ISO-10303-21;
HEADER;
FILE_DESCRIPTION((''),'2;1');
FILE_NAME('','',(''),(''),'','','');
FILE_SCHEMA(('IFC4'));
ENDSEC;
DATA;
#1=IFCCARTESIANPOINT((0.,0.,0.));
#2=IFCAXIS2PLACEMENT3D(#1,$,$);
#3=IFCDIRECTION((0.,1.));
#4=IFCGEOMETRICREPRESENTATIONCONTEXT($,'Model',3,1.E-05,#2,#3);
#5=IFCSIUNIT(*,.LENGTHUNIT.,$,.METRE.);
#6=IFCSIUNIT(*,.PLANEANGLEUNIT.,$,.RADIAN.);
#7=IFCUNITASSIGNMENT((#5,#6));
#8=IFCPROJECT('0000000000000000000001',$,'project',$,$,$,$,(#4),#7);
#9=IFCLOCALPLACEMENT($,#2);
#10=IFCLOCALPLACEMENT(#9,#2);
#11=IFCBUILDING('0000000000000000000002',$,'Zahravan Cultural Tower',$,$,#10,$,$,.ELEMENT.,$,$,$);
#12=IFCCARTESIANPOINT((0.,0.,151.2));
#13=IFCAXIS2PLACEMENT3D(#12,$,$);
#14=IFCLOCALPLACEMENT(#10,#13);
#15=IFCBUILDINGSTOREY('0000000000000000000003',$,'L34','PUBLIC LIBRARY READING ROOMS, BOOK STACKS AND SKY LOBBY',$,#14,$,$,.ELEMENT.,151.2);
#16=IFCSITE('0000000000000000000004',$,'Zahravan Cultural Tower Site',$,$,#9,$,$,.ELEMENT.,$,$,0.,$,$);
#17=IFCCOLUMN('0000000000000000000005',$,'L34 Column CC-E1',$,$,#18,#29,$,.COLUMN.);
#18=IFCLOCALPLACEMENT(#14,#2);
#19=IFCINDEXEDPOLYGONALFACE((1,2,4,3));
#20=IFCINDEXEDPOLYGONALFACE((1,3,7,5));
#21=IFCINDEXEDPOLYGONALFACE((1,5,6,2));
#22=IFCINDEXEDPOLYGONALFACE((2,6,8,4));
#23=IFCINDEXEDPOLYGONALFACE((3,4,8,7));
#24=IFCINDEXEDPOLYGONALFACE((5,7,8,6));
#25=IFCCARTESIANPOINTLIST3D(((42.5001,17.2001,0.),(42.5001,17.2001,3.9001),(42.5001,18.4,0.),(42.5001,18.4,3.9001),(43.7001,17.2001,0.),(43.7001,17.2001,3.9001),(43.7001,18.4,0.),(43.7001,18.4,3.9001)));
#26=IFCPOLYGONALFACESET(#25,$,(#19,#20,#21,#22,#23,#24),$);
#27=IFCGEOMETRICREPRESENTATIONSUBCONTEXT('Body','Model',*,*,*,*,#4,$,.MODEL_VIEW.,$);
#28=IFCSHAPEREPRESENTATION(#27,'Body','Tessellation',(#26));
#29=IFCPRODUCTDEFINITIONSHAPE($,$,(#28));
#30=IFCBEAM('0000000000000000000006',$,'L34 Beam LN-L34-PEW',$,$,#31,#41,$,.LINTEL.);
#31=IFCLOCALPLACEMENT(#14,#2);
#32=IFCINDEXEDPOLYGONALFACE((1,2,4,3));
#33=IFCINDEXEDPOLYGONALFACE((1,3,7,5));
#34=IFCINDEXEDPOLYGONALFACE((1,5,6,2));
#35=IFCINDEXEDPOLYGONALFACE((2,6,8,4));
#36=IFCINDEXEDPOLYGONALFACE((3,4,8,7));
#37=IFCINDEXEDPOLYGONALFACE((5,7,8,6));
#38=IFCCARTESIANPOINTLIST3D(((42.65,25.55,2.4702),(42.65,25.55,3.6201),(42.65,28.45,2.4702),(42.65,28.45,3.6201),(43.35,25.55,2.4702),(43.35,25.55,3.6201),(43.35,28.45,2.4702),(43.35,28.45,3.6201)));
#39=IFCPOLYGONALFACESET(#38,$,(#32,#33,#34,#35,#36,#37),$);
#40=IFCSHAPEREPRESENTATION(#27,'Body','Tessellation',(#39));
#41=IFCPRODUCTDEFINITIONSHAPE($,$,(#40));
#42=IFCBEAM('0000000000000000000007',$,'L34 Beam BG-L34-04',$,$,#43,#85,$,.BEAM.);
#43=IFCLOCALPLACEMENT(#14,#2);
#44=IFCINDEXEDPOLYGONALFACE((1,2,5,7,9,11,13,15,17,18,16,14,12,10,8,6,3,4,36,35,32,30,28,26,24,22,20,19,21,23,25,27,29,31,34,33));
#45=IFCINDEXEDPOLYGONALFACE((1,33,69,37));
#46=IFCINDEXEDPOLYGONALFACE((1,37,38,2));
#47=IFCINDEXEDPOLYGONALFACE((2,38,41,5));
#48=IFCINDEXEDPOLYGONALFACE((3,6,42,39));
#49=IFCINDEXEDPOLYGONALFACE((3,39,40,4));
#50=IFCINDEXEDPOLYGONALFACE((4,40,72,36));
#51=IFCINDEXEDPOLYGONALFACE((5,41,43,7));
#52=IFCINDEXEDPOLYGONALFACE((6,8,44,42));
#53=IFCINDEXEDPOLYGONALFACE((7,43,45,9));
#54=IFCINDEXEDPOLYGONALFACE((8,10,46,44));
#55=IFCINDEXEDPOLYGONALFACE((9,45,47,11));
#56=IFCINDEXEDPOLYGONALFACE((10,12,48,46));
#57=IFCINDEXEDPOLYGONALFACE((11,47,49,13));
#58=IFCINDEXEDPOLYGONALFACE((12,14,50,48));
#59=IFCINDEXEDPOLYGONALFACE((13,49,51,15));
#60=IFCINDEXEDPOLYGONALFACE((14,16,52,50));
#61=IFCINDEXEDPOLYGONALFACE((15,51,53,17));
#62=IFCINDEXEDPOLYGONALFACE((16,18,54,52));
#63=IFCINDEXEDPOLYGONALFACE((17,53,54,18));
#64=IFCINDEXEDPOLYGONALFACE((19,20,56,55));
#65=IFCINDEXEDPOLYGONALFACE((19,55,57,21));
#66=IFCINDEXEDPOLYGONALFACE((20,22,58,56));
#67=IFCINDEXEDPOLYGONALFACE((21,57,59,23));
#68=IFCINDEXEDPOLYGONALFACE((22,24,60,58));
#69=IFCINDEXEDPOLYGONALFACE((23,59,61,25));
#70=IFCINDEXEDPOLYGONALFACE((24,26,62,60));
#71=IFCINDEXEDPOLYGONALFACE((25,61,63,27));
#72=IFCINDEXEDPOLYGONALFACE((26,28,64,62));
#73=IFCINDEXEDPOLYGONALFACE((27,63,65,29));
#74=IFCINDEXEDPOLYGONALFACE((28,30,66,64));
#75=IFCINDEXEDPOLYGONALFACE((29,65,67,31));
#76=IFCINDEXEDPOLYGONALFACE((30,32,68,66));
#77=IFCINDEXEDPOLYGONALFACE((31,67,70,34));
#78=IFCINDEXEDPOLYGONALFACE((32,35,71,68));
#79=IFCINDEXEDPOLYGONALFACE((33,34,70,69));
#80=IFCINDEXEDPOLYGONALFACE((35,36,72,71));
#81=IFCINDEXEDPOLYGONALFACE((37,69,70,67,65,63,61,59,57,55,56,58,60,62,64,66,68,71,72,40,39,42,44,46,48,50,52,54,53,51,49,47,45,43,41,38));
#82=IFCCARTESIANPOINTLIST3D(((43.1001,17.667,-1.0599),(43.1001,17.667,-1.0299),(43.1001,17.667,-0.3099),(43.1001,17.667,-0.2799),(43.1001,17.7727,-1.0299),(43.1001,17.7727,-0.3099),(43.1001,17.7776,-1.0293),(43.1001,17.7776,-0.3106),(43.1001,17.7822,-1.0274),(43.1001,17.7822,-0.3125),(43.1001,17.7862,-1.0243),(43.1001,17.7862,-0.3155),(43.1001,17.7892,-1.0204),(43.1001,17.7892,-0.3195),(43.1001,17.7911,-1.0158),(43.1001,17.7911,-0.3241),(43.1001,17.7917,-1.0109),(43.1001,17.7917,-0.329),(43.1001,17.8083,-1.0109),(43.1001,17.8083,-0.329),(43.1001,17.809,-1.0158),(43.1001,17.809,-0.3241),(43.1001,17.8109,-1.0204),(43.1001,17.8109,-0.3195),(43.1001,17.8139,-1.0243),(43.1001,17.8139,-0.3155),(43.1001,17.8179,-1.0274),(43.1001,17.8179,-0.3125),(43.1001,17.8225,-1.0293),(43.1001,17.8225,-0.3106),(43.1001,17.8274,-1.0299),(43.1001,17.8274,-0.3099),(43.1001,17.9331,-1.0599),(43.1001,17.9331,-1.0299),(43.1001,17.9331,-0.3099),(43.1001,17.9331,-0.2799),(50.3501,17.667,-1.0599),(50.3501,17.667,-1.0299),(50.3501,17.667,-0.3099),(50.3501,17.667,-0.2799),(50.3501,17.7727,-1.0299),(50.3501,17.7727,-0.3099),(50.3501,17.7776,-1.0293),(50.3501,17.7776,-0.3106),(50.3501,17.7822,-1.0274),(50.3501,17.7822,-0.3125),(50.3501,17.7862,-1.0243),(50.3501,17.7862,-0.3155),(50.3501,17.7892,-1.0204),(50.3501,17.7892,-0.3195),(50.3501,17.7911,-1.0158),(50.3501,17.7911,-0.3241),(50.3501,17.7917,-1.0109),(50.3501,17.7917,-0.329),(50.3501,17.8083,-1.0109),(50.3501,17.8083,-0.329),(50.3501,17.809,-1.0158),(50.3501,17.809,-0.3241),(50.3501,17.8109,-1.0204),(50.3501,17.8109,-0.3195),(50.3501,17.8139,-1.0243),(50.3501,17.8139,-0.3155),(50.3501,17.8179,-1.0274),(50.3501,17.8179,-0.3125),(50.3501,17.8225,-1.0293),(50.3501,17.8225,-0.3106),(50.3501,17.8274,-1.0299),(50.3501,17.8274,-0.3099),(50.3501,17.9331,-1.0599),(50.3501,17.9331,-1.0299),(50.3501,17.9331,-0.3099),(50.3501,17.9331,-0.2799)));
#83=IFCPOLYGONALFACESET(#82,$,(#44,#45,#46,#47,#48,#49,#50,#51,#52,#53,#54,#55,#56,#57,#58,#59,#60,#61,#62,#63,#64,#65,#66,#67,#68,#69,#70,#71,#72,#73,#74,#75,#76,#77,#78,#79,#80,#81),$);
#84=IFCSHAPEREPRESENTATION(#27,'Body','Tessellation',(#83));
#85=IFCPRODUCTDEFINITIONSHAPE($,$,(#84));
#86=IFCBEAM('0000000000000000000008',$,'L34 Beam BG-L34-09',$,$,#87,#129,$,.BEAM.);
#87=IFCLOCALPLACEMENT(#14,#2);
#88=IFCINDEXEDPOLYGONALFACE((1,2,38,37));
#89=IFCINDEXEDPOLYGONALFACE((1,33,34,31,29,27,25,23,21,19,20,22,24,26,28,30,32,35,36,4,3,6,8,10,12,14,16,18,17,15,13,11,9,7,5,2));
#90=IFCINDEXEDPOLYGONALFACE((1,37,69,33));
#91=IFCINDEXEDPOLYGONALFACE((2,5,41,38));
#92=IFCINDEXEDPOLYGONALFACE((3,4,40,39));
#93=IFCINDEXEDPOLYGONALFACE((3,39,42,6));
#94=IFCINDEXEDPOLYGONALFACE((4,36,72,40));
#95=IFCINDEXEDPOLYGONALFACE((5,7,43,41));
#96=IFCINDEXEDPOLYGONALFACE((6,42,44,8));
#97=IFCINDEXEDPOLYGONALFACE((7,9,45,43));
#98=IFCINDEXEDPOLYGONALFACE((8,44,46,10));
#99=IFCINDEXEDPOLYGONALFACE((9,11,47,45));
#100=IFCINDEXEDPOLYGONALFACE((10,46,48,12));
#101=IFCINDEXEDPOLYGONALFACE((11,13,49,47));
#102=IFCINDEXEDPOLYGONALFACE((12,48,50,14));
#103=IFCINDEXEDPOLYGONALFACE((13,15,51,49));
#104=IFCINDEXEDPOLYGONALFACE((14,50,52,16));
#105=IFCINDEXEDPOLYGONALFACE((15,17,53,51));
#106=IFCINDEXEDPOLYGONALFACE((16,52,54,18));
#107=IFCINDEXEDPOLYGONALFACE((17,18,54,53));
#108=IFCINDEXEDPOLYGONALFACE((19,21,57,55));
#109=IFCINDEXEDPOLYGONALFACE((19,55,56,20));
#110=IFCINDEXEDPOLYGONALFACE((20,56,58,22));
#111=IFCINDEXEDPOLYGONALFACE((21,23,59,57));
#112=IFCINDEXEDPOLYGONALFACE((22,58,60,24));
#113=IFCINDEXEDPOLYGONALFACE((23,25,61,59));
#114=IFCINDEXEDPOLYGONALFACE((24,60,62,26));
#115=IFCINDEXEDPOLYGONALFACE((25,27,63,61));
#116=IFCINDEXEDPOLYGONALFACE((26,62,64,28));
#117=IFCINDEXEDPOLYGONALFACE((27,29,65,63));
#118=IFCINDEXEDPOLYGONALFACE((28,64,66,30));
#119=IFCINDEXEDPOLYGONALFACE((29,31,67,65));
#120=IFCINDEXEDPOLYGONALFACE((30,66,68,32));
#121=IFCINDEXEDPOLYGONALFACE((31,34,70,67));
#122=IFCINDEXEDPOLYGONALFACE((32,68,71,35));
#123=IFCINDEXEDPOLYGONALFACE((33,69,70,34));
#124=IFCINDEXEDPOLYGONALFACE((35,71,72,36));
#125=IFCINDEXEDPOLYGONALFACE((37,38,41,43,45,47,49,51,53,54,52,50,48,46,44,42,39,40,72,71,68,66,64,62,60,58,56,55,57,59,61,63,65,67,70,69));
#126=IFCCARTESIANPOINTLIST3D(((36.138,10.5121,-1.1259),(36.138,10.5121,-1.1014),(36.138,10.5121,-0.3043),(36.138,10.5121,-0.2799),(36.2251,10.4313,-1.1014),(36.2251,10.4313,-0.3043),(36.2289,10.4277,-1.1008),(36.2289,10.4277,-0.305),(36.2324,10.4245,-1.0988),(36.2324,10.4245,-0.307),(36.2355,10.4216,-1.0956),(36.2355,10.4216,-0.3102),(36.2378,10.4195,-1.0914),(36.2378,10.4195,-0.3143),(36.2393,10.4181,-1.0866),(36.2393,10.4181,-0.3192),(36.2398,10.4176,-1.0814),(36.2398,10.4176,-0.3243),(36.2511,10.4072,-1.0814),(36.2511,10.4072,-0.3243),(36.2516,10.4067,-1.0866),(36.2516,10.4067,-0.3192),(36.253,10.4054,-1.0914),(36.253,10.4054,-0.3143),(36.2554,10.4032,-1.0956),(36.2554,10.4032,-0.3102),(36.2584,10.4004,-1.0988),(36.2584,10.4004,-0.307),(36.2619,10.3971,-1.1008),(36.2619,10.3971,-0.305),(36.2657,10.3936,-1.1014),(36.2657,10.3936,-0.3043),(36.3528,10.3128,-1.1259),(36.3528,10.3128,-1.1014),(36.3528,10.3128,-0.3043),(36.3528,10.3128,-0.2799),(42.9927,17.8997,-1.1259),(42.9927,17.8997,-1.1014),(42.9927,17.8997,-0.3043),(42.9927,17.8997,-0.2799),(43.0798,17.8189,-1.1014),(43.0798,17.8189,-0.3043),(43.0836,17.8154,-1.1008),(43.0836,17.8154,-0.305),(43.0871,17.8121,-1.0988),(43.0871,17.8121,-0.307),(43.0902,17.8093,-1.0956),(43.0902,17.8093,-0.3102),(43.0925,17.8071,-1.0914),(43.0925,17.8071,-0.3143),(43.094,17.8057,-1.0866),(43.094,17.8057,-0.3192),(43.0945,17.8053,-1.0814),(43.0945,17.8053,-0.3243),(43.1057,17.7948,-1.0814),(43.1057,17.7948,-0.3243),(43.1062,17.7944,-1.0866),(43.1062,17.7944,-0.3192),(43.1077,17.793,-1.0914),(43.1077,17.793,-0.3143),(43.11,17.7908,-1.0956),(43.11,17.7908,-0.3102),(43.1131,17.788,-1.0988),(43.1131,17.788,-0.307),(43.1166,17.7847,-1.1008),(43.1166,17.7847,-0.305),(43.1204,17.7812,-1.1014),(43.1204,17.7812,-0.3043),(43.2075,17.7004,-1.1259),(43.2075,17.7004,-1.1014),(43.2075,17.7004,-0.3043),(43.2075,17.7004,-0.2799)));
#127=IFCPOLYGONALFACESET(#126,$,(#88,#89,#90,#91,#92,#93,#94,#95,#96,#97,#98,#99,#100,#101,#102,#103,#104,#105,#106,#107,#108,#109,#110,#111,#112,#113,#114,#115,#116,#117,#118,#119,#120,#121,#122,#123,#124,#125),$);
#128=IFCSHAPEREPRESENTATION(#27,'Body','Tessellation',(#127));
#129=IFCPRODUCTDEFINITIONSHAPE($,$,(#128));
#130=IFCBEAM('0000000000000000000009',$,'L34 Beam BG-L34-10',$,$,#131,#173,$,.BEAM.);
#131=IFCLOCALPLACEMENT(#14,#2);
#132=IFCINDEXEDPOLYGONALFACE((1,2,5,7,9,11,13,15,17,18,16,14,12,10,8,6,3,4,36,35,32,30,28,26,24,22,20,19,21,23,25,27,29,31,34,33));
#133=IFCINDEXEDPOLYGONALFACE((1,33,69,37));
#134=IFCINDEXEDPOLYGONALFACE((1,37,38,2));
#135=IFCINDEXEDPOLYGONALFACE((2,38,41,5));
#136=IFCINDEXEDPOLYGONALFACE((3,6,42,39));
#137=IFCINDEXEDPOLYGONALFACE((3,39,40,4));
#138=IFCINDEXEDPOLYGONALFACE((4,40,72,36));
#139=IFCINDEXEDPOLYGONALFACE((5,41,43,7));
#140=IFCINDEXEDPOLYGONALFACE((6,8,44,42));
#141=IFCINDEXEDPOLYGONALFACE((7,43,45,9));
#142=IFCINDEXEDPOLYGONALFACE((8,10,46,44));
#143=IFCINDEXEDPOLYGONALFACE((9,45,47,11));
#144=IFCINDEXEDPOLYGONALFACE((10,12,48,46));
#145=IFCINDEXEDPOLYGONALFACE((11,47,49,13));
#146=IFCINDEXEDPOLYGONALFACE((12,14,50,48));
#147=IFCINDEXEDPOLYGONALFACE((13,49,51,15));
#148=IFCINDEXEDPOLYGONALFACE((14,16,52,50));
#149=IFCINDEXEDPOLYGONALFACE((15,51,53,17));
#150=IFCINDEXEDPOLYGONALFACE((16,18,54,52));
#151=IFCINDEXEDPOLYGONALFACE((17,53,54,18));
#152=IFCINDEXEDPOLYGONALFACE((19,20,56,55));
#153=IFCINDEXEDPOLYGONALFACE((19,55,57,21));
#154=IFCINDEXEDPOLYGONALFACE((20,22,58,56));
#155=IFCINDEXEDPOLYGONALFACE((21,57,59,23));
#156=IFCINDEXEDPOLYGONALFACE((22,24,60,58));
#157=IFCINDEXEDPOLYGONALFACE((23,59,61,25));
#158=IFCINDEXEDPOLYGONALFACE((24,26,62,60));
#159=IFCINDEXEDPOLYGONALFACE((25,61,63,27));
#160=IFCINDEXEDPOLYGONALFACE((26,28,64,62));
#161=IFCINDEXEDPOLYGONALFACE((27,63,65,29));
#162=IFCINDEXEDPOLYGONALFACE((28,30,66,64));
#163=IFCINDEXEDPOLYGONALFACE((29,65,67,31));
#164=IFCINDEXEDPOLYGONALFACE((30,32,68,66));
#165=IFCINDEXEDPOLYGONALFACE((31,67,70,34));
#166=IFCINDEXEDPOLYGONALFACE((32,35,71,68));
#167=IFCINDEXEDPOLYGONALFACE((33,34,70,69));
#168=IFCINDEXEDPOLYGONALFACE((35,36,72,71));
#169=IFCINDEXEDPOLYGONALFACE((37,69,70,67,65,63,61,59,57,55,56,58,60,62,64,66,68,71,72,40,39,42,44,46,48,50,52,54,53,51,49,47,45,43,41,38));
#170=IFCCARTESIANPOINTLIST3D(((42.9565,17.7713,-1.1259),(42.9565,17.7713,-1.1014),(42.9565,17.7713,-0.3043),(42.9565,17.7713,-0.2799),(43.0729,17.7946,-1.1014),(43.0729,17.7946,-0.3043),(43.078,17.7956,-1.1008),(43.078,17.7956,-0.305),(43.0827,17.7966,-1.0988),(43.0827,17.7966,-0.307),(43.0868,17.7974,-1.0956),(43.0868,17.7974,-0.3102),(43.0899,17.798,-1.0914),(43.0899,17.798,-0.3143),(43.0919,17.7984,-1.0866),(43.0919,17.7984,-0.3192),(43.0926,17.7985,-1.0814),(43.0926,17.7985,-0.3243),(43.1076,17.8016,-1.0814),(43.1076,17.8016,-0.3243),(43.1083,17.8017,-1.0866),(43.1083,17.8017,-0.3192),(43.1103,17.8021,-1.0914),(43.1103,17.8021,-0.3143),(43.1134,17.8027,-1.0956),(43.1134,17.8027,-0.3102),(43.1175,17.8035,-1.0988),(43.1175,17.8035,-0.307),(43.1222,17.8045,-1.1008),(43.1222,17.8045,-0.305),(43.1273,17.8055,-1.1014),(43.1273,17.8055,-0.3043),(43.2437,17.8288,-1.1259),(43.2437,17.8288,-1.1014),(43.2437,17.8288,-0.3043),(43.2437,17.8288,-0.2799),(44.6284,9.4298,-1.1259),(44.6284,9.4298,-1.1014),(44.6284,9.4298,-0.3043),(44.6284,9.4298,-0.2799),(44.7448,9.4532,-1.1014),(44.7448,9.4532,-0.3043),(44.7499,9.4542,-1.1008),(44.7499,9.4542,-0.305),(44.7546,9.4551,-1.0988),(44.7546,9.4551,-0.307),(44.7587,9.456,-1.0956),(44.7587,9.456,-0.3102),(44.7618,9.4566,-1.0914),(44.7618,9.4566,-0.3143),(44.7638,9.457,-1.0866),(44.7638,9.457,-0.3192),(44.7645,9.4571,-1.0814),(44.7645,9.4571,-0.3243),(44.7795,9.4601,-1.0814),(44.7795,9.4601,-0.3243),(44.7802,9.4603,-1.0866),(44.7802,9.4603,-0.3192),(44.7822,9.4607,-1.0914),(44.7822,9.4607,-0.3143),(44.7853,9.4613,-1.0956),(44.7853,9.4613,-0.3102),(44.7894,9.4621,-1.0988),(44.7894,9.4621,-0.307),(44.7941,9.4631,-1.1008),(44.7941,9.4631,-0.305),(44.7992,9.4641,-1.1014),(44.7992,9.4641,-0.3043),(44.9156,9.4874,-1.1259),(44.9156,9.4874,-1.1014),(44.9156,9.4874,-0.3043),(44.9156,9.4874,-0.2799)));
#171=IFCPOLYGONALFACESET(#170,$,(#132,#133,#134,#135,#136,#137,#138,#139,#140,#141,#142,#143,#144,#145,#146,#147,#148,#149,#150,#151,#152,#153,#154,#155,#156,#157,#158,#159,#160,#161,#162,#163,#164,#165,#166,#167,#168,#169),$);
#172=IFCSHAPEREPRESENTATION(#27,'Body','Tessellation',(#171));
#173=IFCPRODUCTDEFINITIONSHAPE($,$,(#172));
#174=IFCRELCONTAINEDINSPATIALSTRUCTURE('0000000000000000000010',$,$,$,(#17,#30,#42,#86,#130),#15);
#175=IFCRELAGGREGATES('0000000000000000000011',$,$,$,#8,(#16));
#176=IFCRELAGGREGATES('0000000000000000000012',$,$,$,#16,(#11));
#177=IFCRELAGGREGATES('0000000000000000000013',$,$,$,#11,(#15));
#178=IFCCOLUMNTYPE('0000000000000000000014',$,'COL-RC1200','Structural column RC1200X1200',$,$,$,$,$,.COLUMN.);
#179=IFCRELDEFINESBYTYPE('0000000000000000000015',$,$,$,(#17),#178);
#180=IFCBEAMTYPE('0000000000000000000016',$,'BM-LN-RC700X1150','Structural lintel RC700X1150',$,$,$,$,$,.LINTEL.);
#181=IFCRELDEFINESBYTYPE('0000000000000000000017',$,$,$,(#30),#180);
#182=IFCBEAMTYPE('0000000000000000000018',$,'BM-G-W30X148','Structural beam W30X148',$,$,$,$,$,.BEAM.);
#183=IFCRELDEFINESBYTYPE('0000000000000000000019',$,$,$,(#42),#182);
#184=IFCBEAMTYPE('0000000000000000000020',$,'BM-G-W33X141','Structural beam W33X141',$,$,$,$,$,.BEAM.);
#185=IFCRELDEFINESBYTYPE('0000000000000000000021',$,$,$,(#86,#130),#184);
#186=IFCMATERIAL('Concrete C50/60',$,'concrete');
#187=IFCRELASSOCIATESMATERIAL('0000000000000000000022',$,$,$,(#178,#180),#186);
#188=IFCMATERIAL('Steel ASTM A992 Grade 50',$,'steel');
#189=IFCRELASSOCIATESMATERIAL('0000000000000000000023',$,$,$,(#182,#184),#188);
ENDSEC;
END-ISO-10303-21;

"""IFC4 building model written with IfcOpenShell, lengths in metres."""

from ifc_helpers import new_model, si_unit, direction, frame, origin, origin_2d, place, context, subcontext, project, spatial, rectangle, i_section, extrude, source, transform, mapped, material, material_profile, profile_set, type_object, element, save


model = new_model("IFC4")

# Units and contexts
model_context = context("Model", 3, precision=1e-05, world=origin(), true_north=direction((0.0, 1.0)))
body_context = subcontext(model_context, "Body", "Model", "MODEL_VIEW")
ifc_project = project(units=[si_unit("LENGTHUNIT", "METRE"), si_unit("PLANEANGLEUNIT", "RADIAN")], contexts=[model_context])

# Site, building, storey
site_placement = place(None, origin())
site = spatial("IfcSite", under=ifc_project, at=site_placement, Name="Zahravan Cultural Tower Site", CompositionType="ELEMENT", RefElevation=0.0)
building_placement = place(site_placement, origin())
building = spatial("IfcBuilding", under=site, at=building_placement, Name="Zahravan Cultural Tower", CompositionType="ELEMENT")
storey_placement = place(building_placement, frame((0.0, 0.0, 151.2)))
storey = spatial("IfcBuildingStorey", under=building, at=storey_placement, Name="L34", Description="PUBLIC LIBRARY READING ROOMS, BOOK STACKS AND SKY LOBBY", CompositionType="ELEMENT", Elevation=151.2)

# Column
ifc_material_1 = material(Name="Concrete C50/60", Category="concrete")
ifc_material_profile_1 = material_profile(ifc_material_1, rectangle(XDim=1.2, YDim=1.2, at=origin_2d()), Name="RC1200X1200")
ifc_profile_set_1 = profile_set([ifc_material_profile_1], Name="Concrete C50/60")
column_type = type_object("IfcColumnType", Name="COL-RC1200", Description="Structural column RC1200X1200", PredefinedType="COLUMN", material=ifc_profile_set_1)
shared_shape_1 = source(origin(), body_context, "Body", "SweptSolid", [
    extrude(rectangle(XDim=1.2, YDim=1.2, at=origin_2d()), origin(), (0.0, 0.0, 1.0), 3.9001),
])
column_placement = place(storey_placement, frame((43.1001, 17.8, 0.0), z_axis=(0.0, 0.0, 1.0), x_axis=(1.0, 0.0, 0.0)))
element("IfcColumn", 1, at=column_placement, inside=storey, type_object=column_type, Name="L34 Column CC-E1", PredefinedType="COLUMN", context=body_context, shape_type="MappedRepresentation", body=[
    mapped(shared_shape_1, transform((0.0, 0.0, 0.0), x_axis=(1.0, 0.0, 0.0), y_axis=(0.0, 1.0, 0.0), z_axis=(0.0, 0.0, 1.0), scale=1.0)),
])

# Beams
ifc_material_profile_2 = material_profile(ifc_material_1, rectangle(XDim=0.7, YDim=1.1499, at=origin_2d()), Name="RC700X1150")
ifc_profile_set_2 = profile_set([ifc_material_profile_2], Name="Concrete C50/60")
beam_type_1 = type_object("IfcBeamType", Name="BM-LN-RC700X1150", Description="Structural lintel RC700X1150", PredefinedType="LINTEL", material=ifc_profile_set_2)
shared_shape_2 = source(origin(), body_context, "Body", "SweptSolid", [
    extrude(rectangle(XDim=0.7, YDim=1.1499, at=origin_2d()), origin(), (0.0, 0.0, 1.0), 2.8999),
])
beam_1_placement = place(storey_placement, frame((43.0, 25.55, 3.0452), z_axis=(0.0, 1.0, 0.0), x_axis=(-1.0, 0.0, 0.0)))
element("IfcBeam", 2, at=beam_1_placement, inside=storey, type_object=beam_type_1, Name="L34 Beam LN-L34-PEW", PredefinedType="LINTEL", context=body_context, shape_type="MappedRepresentation", body=[
    mapped(shared_shape_2, transform((0.0, 0.0, 0.0), x_axis=(1.0, 0.0, 0.0), y_axis=(0.0, 1.0, 0.0), z_axis=(0.0, 0.0, 1.0), scale=1.0)),
])
ifc_material_2 = material(Name="Steel ASTM A992 Grade 50", Category="steel")
ifc_material_profile_3 = material_profile(ifc_material_2, i_section(OverallWidth=0.2661, OverallDepth=0.78, WebThickness=0.0166, FlangeThickness=0.03, FilletRadius=0.019, at=origin_2d()), Name="W30X148")
ifc_profile_set_3 = profile_set([ifc_material_profile_3], Name="Steel ASTM A992 Grade 50")
beam_type_2 = type_object("IfcBeamType", Name="BM-G-W30X148", Description="Structural beam W30X148", PredefinedType="BEAM", material=ifc_profile_set_3)
shared_shape_3 = source(origin(), body_context, "Body", "SweptSolid", [
    extrude(i_section(OverallWidth=0.2661, OverallDepth=0.78, WebThickness=0.0166, FlangeThickness=0.03, FilletRadius=0.019, at=origin_2d()), origin(), (0.0, 0.0, 1.0), 7.25),
])
beam_2_placement = place(storey_placement, frame((43.1001, 17.8, -0.6699), z_axis=(1.0, 0.0, 0.0), x_axis=(0.0, 1.0, 0.0)))
element("IfcBeam", 3, at=beam_2_placement, inside=storey, type_object=beam_type_2, Name="L34 Beam BG-L34-04", PredefinedType="BEAM", context=body_context, shape_type="MappedRepresentation", body=[
    mapped(shared_shape_3, transform((0.0, 0.0, 0.0), x_axis=(1.0, 0.0, 0.0), y_axis=(0.0, 1.0, 0.0), z_axis=(0.0, 0.0, 1.0), scale=1.0)),
])
ifc_material_profile_4 = material_profile(ifc_material_2, i_section(OverallWidth=0.293, OverallDepth=0.8459, WebThickness=0.0154, FlangeThickness=0.0244, FilletRadius=0.02, at=origin_2d()), Name="W33X141")
ifc_profile_set_4 = profile_set([ifc_material_profile_4], Name="Steel ASTM A992 Grade 50")
beam_type_3 = type_object("IfcBeamType", Name="BM-G-W33X141", Description="Structural beam W33X141", PredefinedType="BEAM", material=ifc_profile_set_4)
shared_shape_4 = source(origin(), body_context, "Body", "SweptSolid", [
    extrude(i_section(OverallWidth=0.293, OverallDepth=0.8459, WebThickness=0.0154, FlangeThickness=0.0244, FilletRadius=0.02, at=origin_2d()), origin(), (0.0, 0.0, 1.0), 10.0779),
])
beam_3_placement = place(storey_placement, frame((43.1001, 17.8, -0.7029), z_axis=(-0.68017, -0.733054, 0.0), x_axis=(0.733054, -0.68017, 0.0)))
element("IfcBeam", 4, at=beam_3_placement, inside=storey, type_object=beam_type_3, Name="L34 Beam BG-L34-09", PredefinedType="BEAM", context=body_context, shape_type="MappedRepresentation", body=[
    mapped(shared_shape_4, transform((0.0, 0.0, 0.0), x_axis=(1.0, 0.0, 0.0), y_axis=(0.0, 1.0, 0.0), z_axis=(0.0, 0.0, 1.0), scale=1.0)),
])
shared_shape_5 = source(origin(), body_context, "Body", "SweptSolid", [
    extrude(i_section(OverallWidth=0.293, OverallDepth=0.8459, WebThickness=0.0154, FlangeThickness=0.0244, FilletRadius=0.02, at=origin_2d()), origin(), (0.0, 0.0, 1.0), 8.5073),
])
beam_4_placement = place(storey_placement, frame((43.1001, 17.8, -0.7029), z_axis=(0.196525, -0.980499, 0.0), x_axis=(0.980499, 0.196525, 0.0)))
element("IfcBeam", 5, at=beam_4_placement, inside=storey, type_object=beam_type_3, Name="L34 Beam BG-L34-10", PredefinedType="BEAM", context=body_context, shape_type="MappedRepresentation", body=[
    mapped(shared_shape_5, transform((0.0, 0.0, 0.0), x_axis=(1.0, 0.0, 0.0), y_axis=(0.0, 1.0, 0.0), z_axis=(0.0, 0.0, 1.0), scale=1.0)),
])

save(model, "model.ifc")
